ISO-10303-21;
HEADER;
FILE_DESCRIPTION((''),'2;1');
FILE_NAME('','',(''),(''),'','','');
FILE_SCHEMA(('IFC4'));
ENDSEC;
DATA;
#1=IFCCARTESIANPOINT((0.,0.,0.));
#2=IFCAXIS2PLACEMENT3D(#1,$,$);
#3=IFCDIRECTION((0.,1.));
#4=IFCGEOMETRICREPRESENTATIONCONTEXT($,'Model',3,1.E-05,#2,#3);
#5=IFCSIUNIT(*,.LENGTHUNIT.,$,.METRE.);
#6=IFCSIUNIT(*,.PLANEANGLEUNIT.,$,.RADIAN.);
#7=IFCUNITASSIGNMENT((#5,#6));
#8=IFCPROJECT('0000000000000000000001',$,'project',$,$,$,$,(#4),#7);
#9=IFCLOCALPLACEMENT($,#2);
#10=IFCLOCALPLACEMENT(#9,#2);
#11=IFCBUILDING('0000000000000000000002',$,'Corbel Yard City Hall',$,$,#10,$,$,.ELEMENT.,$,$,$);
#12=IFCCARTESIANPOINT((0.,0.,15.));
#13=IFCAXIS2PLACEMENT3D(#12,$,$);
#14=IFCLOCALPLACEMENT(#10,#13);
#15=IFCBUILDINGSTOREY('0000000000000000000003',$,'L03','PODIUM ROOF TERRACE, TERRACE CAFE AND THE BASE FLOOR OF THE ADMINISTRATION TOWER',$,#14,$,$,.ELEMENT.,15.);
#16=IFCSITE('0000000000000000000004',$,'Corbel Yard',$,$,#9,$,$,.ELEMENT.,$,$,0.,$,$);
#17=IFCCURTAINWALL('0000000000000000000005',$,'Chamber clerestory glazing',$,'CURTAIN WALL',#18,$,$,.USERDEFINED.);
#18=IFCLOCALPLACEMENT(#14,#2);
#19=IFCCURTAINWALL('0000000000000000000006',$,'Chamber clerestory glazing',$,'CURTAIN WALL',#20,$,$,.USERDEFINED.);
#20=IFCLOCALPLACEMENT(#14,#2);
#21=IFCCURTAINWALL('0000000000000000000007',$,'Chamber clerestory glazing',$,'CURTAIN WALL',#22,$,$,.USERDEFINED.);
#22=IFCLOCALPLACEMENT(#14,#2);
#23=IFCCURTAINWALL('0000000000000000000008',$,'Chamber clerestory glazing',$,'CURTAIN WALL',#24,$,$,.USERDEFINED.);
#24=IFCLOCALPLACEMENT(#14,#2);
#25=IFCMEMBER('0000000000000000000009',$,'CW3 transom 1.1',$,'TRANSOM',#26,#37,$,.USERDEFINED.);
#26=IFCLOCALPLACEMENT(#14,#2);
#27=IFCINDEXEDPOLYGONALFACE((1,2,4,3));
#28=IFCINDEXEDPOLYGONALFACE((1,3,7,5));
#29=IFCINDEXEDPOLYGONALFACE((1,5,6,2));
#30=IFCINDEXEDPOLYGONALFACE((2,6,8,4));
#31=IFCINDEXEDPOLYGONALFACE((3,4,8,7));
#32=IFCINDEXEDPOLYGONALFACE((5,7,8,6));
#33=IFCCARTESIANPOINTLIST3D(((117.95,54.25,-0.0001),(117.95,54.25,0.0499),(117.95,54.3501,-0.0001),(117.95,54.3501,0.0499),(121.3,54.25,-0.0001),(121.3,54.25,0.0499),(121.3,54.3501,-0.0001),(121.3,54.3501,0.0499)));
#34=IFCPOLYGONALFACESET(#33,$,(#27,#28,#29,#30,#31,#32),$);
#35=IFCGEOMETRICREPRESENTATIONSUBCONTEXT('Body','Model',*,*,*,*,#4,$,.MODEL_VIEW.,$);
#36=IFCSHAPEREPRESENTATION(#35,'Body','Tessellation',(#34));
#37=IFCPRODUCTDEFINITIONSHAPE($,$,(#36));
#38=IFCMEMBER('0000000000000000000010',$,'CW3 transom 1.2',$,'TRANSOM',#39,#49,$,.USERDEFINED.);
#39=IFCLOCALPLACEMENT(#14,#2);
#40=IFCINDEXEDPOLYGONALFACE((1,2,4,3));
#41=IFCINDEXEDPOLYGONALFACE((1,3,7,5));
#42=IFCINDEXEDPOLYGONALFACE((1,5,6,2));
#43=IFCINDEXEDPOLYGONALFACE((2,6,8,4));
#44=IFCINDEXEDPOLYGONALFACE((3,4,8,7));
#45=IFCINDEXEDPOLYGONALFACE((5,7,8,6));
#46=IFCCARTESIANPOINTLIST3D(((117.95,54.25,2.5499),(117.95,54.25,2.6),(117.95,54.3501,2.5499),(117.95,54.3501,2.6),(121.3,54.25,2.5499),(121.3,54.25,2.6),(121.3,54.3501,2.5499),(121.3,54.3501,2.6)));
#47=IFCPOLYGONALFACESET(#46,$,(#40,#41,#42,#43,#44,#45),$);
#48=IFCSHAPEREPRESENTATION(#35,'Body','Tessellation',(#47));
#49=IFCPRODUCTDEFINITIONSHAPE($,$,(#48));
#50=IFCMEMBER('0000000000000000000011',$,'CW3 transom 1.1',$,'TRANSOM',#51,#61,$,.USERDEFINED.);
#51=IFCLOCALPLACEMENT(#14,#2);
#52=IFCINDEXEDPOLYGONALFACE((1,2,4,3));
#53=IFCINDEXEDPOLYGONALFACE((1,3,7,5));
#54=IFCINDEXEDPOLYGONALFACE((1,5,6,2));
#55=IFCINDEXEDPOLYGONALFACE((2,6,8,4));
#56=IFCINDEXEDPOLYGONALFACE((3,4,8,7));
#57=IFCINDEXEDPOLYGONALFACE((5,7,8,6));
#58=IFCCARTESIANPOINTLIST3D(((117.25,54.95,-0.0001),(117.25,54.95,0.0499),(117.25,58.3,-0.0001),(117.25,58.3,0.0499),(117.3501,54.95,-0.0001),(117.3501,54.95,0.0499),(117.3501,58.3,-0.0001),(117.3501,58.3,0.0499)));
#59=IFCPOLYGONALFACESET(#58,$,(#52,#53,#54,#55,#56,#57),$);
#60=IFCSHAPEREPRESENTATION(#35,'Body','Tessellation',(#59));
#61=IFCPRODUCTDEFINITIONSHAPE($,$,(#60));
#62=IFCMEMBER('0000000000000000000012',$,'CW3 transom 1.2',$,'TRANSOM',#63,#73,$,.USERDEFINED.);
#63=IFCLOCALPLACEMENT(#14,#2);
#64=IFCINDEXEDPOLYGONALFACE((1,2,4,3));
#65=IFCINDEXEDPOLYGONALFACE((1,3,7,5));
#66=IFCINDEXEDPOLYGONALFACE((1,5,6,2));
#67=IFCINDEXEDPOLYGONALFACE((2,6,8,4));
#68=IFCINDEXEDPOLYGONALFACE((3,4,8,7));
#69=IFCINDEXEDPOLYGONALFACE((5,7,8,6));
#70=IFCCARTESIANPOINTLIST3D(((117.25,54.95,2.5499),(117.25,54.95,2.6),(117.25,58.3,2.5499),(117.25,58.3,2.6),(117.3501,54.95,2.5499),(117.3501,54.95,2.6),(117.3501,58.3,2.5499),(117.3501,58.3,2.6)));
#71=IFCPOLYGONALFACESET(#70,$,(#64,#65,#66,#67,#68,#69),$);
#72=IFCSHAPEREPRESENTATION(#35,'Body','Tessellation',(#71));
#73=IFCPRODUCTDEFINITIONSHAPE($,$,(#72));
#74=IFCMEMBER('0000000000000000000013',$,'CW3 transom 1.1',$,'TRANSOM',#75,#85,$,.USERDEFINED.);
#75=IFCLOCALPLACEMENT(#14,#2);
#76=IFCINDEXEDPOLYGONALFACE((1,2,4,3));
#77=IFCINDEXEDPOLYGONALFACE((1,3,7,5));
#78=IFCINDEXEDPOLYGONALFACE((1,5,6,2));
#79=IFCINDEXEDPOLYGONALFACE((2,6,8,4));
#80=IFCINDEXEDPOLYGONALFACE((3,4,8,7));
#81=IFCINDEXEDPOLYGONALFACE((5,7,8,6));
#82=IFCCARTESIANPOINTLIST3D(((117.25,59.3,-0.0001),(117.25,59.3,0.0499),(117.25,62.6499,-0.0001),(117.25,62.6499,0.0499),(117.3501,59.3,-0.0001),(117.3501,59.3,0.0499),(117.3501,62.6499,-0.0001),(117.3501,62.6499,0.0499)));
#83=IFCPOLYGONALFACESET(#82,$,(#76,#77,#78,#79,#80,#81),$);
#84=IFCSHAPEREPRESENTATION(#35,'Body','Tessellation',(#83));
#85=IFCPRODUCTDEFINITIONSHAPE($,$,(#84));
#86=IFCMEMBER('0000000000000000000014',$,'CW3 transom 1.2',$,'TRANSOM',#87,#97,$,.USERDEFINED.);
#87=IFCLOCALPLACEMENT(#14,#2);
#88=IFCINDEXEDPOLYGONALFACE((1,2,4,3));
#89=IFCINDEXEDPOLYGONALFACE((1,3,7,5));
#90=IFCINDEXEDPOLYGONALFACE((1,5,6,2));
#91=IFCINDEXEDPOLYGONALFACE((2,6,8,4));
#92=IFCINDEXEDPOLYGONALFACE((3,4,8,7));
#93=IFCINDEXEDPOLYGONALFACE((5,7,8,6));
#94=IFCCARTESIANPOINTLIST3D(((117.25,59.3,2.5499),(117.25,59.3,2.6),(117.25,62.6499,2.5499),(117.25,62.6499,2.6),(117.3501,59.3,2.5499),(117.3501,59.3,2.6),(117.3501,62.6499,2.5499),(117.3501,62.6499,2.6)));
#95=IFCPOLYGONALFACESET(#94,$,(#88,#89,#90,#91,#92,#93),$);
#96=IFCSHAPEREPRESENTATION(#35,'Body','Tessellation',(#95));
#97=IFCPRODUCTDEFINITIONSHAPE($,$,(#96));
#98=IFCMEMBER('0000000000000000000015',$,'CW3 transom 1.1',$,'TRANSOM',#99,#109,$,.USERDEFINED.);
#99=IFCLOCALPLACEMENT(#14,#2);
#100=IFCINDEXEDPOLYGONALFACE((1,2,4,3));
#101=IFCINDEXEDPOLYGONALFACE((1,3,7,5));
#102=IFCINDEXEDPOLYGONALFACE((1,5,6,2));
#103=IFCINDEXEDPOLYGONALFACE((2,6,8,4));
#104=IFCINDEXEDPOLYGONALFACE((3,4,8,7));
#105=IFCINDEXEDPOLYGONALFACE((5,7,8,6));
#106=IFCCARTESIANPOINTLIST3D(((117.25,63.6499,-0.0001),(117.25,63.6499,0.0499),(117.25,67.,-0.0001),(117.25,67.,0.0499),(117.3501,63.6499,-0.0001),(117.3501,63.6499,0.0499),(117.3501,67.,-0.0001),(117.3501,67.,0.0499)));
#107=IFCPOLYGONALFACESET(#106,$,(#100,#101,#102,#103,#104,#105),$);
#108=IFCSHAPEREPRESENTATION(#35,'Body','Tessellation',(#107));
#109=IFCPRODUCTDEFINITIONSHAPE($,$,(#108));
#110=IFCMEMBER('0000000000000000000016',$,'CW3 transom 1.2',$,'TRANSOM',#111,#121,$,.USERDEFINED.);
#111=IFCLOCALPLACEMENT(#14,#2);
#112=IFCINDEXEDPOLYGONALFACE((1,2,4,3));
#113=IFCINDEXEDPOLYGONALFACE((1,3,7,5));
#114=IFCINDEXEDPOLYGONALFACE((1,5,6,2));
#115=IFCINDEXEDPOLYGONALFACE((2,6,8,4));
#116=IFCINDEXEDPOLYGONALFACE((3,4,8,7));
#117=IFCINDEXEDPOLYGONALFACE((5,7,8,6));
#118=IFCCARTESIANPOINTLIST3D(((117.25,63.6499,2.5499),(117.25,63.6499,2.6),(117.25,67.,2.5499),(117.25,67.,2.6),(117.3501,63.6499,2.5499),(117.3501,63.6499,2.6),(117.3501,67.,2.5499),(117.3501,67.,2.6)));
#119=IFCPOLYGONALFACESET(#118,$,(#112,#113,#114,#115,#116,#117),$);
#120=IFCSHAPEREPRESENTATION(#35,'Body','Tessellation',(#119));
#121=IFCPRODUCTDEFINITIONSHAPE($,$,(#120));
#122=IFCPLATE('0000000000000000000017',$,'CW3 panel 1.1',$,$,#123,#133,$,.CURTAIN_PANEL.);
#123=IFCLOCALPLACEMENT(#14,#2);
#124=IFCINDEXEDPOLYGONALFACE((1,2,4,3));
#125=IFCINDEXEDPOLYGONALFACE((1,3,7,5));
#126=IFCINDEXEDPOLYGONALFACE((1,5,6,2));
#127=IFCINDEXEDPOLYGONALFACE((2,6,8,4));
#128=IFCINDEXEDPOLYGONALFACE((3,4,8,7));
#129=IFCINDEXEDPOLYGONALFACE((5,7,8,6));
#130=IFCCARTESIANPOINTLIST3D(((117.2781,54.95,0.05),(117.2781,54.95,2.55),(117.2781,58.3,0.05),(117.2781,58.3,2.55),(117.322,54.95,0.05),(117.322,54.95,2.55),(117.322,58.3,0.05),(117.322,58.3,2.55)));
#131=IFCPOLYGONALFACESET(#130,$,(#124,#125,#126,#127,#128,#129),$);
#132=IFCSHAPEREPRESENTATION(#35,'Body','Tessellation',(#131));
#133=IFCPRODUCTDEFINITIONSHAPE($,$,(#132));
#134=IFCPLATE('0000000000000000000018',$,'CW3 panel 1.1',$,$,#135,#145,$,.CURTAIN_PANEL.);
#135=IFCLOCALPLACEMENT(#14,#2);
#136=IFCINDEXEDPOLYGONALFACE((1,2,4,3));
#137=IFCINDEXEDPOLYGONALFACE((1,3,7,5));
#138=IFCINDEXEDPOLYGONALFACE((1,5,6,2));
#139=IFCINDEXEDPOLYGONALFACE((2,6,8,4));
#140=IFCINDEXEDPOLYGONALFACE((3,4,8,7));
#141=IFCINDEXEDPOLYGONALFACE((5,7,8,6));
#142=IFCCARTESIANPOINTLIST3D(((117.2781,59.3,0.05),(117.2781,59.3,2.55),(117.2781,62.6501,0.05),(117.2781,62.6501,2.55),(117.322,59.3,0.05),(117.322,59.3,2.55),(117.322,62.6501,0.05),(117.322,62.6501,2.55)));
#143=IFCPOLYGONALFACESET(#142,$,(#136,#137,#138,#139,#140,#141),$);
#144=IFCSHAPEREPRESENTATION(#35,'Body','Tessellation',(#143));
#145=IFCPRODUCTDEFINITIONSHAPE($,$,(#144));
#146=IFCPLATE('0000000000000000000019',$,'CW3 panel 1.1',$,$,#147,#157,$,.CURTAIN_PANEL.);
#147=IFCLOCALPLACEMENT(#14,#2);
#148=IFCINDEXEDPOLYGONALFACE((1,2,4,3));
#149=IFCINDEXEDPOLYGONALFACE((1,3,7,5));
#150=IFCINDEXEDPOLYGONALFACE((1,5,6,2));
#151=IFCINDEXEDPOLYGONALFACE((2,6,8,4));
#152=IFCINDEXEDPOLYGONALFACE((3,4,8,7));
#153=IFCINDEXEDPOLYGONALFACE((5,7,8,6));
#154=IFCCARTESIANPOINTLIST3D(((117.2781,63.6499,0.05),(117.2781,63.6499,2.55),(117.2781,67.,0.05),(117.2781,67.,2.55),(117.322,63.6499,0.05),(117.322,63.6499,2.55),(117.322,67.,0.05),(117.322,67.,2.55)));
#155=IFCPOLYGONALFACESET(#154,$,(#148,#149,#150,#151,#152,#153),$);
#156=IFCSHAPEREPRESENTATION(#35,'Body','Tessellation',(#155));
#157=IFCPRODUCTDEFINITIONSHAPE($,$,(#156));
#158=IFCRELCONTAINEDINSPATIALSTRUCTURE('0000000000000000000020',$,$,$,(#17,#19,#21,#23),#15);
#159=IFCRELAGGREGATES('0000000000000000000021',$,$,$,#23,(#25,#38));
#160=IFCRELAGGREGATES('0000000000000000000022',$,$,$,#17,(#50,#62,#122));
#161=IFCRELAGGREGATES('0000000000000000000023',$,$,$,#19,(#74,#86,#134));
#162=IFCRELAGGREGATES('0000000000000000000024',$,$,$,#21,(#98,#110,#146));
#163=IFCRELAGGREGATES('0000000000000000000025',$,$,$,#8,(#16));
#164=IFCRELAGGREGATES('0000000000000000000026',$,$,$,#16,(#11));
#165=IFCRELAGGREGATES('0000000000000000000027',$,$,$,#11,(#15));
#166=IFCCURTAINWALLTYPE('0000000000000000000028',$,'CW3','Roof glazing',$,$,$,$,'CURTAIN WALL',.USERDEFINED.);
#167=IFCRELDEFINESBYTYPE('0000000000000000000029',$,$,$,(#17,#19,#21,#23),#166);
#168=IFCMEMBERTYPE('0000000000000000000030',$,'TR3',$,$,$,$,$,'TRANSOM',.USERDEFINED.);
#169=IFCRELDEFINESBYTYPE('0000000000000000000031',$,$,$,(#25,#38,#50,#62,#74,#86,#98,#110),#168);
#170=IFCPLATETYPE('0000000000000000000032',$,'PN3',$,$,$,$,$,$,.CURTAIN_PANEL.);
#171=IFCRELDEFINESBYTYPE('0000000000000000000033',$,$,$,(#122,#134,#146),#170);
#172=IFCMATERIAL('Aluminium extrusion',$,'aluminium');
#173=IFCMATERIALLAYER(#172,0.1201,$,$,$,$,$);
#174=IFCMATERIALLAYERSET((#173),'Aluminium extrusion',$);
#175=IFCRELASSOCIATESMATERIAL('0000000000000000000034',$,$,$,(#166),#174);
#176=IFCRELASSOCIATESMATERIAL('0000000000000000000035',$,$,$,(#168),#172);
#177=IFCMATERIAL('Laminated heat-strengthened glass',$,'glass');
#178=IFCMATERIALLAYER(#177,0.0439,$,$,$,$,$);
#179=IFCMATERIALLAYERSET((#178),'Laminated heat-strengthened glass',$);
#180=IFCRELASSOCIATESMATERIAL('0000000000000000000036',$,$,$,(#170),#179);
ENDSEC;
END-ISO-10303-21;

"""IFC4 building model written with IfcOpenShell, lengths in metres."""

from ifc_helpers import new_model, si_unit, direction, frame, origin, origin_2d, place, context, subcontext, project, spatial, rectangle, extrude, material, layer, layer_set, material_profile, profile_set, type_object, element, aggregate, save


model = new_model("IFC4")

# Units and contexts
model_context = context("Model", 3, precision=1e-05, world=origin(), true_north=direction((0.0, 1.0)))
body_context = subcontext(model_context, "Body", "Model", "MODEL_VIEW")
ifc_project = project(units=[si_unit("LENGTHUNIT", "METRE"), si_unit("PLANEANGLEUNIT", "RADIAN")], contexts=[model_context])

# Site, building, storey
site_placement = place(None, origin())
site = spatial("IfcSite", under=ifc_project, at=site_placement, Name="Corbel Yard", CompositionType="ELEMENT", RefElevation=0.0)
building_placement = place(site_placement, origin())
building = spatial("IfcBuilding", under=site, at=building_placement, Name="Corbel Yard City Hall", CompositionType="ELEMENT")
storey_placement = place(building_placement, frame((0.0, 0.0, 15.0)))
storey = spatial("IfcBuildingStorey", under=building, at=storey_placement, Name="L03", Description="PODIUM ROOF TERRACE, TERRACE CAFE AND THE BASE FLOOR OF THE ADMINISTRATION TOWER", CompositionType="ELEMENT", Elevation=15.0)

# Curtain walls
ifc_material_1 = material(Name="Aluminium extrusion", Category="aluminium")
ifc_layer_1 = layer(ifc_material_1, 0.1201)
ifc_layer_set_1 = layer_set([ifc_layer_1], Name="Aluminium extrusion")
curtain_wall_type = type_object("IfcCurtainWallType", Name="CW3", Description="Roof glazing", ElementType="CURTAIN WALL", PredefinedType="USERDEFINED", material=ifc_layer_set_1)
curtain_wall_1_placement = place(storey_placement, origin())
curtain_wall_1 = element("IfcCurtainWall", 1, at=curtain_wall_1_placement, inside=storey, type_object=curtain_wall_type, Name="Chamber clerestory glazing", ObjectType="CURTAIN WALL", PredefinedType="USERDEFINED")
curtain_wall_2_placement = place(storey_placement, origin())
curtain_wall_2 = element("IfcCurtainWall", 2, at=curtain_wall_2_placement, inside=storey, type_object=curtain_wall_type, Name="Chamber clerestory glazing", ObjectType="CURTAIN WALL", PredefinedType="USERDEFINED")

# Curtain wall
curtain_wall_3_placement = place(storey_placement, origin())
curtain_wall_3 = element("IfcCurtainWall", 3, at=curtain_wall_3_placement, inside=storey, type_object=curtain_wall_type, Name="Chamber clerestory glazing", ObjectType="CURTAIN WALL", PredefinedType="USERDEFINED")

# Curtain wall, members
curtain_wall_4_placement = place(storey_placement, origin())
curtain_wall_4 = element("IfcCurtainWall", 4, at=curtain_wall_4_placement, inside=storey, type_object=curtain_wall_type, Name="Chamber clerestory glazing", ObjectType="CURTAIN WALL", PredefinedType="USERDEFINED")
ifc_material_profile_1 = material_profile(ifc_material_1, rectangle(XDim=0.1001, YDim=0.05, at=origin_2d()), Name="100x50")
ifc_profile_set_1 = profile_set([ifc_material_profile_1], Name="Aluminium extrusion")
member_type_1 = type_object("IfcMemberType", Name="TR3", ElementType="TRANSOM", PredefinedType="USERDEFINED", material=ifc_profile_set_1)
member_1_placement = place(storey_placement, frame((117.95, 54.3, 0.0249), z_axis=(1.0, 0.0, 0.0), x_axis=(0.0, 1.0, 0.0)))
member_1 = element("IfcMember", 5, at=member_1_placement, type_object=member_type_1, Name="CW3 transom 1.1", ObjectType="TRANSOM", PredefinedType="USERDEFINED", context=body_context, shape_type="SweptSolid", body=[
    extrude(rectangle(XDim=0.1001, YDim=0.05, at=origin_2d()), origin(), (0.0, 0.0, 1.0), 3.3501),
])
member_2_placement = place(storey_placement, frame((117.95, 54.3, 2.575), z_axis=(1.0, 0.0, 0.0), x_axis=(0.0, 1.0, 0.0)))
member_2 = element("IfcMember", 6, at=member_2_placement, type_object=member_type_1, Name="CW3 transom 1.2", ObjectType="TRANSOM", PredefinedType="USERDEFINED", context=body_context, shape_type="SweptSolid", body=[
    extrude(rectangle(XDim=0.1001, YDim=0.05, at=origin_2d()), origin(), (0.0, 0.0, 1.0), 3.3501),
])
aggregate(curtain_wall_4, [member_1, member_2])

# Members
member_3_placement = place(storey_placement, frame((117.3, 54.95, 0.0249), z_axis=(0.0, 1.0, 0.0), x_axis=(-1.0, 0.0, 0.0)))
member_3 = element("IfcMember", 7, at=member_3_placement, type_object=member_type_1, Name="CW3 transom 1.1", ObjectType="TRANSOM", PredefinedType="USERDEFINED", context=body_context, shape_type="SweptSolid", body=[
    extrude(rectangle(XDim=0.1001, YDim=0.05, at=origin_2d()), origin(), (0.0, 0.0, 1.0), 3.3501),
])
member_4_placement = place(storey_placement, frame((117.3, 54.95, 2.575), z_axis=(0.0, 1.0, 0.0), x_axis=(-1.0, 0.0, 0.0)))
member_4 = element("IfcMember", 8, at=member_4_placement, type_object=member_type_1, Name="CW3 transom 1.2", ObjectType="TRANSOM", PredefinedType="USERDEFINED", context=body_context, shape_type="SweptSolid", body=[
    extrude(rectangle(XDim=0.1001, YDim=0.05, at=origin_2d()), origin(), (0.0, 0.0, 1.0), 3.3501),
])
member_5_placement = place(storey_placement, frame((117.3, 59.3, 0.0249), z_axis=(0.0, 1.0, 0.0), x_axis=(-1.0, 0.0, 0.0)))
member_5 = element("IfcMember", 9, at=member_5_placement, type_object=member_type_1, Name="CW3 transom 1.1", ObjectType="TRANSOM", PredefinedType="USERDEFINED", context=body_context, shape_type="SweptSolid", body=[
    extrude(rectangle(XDim=0.1001, YDim=0.05, at=origin_2d()), origin(), (0.0, 0.0, 1.0), 3.3499),
])
member_6_placement = place(storey_placement, frame((117.3, 59.3, 2.575), z_axis=(0.0, 1.0, 0.0), x_axis=(-1.0, 0.0, 0.0)))
member_6 = element("IfcMember", 10, at=member_6_placement, type_object=member_type_1, Name="CW3 transom 1.2", ObjectType="TRANSOM", PredefinedType="USERDEFINED", context=body_context, shape_type="SweptSolid", body=[
    extrude(rectangle(XDim=0.1001, YDim=0.05, at=origin_2d()), origin(), (0.0, 0.0, 1.0), 3.3499),
])
member_7_placement = place(storey_placement, frame((117.3, 63.6499, 0.0249), z_axis=(0.0, 1.0, 0.0), x_axis=(-1.0, 0.0, 0.0)))
member_7 = element("IfcMember", 11, at=member_7_placement, type_object=member_type_1, Name="CW3 transom 1.1", ObjectType="TRANSOM", PredefinedType="USERDEFINED", context=body_context, shape_type="SweptSolid", body=[
    extrude(rectangle(XDim=0.1001, YDim=0.05, at=origin_2d()), origin(), (0.0, 0.0, 1.0), 3.3501),
])
member_8_placement = place(storey_placement, frame((117.3, 63.6499, 2.575), z_axis=(0.0, 1.0, 0.0), x_axis=(-1.0, 0.0, 0.0)))
member_8 = element("IfcMember", 12, at=member_8_placement, type_object=member_type_1, Name="CW3 transom 1.2", ObjectType="TRANSOM", PredefinedType="USERDEFINED", context=body_context, shape_type="SweptSolid", body=[
    extrude(rectangle(XDim=0.1001, YDim=0.05, at=origin_2d()), origin(), (0.0, 0.0, 1.0), 3.3501),
])

# Plates
ifc_material_2 = material(Name="Laminated heat-strengthened glass", Category="glass")
ifc_layer_2 = layer(ifc_material_2, 0.0439)
ifc_layer_set_2 = layer_set([ifc_layer_2], Name="Laminated heat-strengthened glass")
plate_type = type_object("IfcPlateType", Name="PN3", PredefinedType="CURTAIN_PANEL", material=ifc_layer_set_2)
plate_1_placement = place(storey_placement, frame((117.3, 56.625, 0.05), z_axis=(0.0, 0.0, 1.0), x_axis=(0.0, 1.0, 0.0)))
plate_1 = element("IfcPlate", 13, at=plate_1_placement, type_object=plate_type, Name="CW3 panel 1.1", PredefinedType="CURTAIN_PANEL", context=body_context, shape_type="SweptSolid", body=[
    extrude(rectangle(XDim=3.3501, YDim=0.0439, at=origin_2d()), origin(), (0.0, 0.0, 1.0), 2.5),
])
aggregate(curtain_wall_1, [member_3, member_4, plate_1])
plate_2_placement = place(storey_placement, frame((117.3, 60.9751, 0.05), z_axis=(0.0, 0.0, 1.0), x_axis=(0.0, 1.0, 0.0)))
plate_2 = element("IfcPlate", 14, at=plate_2_placement, type_object=plate_type, Name="CW3 panel 1.1", PredefinedType="CURTAIN_PANEL", context=body_context, shape_type="SweptSolid", body=[
    extrude(rectangle(XDim=3.3501, YDim=0.0439, at=origin_2d()), origin(), (0.0, 0.0, 1.0), 2.5),
])
aggregate(curtain_wall_2, [member_5, member_6, plate_2])
plate_3_placement = place(storey_placement, frame((117.3, 65.325, 0.05), z_axis=(0.0, 0.0, 1.0), x_axis=(0.0, 1.0, 0.0)))
plate_3 = element("IfcPlate", 15, at=plate_3_placement, type_object=plate_type, Name="CW3 panel 1.1", PredefinedType="CURTAIN_PANEL", context=body_context, shape_type="SweptSolid", body=[
    extrude(rectangle(XDim=3.3501, YDim=0.0439, at=origin_2d()), origin(), (0.0, 0.0, 1.0), 2.5),
])
aggregate(curtain_wall_3, [member_7, member_8, plate_3])

save(model, "model.ifc")
